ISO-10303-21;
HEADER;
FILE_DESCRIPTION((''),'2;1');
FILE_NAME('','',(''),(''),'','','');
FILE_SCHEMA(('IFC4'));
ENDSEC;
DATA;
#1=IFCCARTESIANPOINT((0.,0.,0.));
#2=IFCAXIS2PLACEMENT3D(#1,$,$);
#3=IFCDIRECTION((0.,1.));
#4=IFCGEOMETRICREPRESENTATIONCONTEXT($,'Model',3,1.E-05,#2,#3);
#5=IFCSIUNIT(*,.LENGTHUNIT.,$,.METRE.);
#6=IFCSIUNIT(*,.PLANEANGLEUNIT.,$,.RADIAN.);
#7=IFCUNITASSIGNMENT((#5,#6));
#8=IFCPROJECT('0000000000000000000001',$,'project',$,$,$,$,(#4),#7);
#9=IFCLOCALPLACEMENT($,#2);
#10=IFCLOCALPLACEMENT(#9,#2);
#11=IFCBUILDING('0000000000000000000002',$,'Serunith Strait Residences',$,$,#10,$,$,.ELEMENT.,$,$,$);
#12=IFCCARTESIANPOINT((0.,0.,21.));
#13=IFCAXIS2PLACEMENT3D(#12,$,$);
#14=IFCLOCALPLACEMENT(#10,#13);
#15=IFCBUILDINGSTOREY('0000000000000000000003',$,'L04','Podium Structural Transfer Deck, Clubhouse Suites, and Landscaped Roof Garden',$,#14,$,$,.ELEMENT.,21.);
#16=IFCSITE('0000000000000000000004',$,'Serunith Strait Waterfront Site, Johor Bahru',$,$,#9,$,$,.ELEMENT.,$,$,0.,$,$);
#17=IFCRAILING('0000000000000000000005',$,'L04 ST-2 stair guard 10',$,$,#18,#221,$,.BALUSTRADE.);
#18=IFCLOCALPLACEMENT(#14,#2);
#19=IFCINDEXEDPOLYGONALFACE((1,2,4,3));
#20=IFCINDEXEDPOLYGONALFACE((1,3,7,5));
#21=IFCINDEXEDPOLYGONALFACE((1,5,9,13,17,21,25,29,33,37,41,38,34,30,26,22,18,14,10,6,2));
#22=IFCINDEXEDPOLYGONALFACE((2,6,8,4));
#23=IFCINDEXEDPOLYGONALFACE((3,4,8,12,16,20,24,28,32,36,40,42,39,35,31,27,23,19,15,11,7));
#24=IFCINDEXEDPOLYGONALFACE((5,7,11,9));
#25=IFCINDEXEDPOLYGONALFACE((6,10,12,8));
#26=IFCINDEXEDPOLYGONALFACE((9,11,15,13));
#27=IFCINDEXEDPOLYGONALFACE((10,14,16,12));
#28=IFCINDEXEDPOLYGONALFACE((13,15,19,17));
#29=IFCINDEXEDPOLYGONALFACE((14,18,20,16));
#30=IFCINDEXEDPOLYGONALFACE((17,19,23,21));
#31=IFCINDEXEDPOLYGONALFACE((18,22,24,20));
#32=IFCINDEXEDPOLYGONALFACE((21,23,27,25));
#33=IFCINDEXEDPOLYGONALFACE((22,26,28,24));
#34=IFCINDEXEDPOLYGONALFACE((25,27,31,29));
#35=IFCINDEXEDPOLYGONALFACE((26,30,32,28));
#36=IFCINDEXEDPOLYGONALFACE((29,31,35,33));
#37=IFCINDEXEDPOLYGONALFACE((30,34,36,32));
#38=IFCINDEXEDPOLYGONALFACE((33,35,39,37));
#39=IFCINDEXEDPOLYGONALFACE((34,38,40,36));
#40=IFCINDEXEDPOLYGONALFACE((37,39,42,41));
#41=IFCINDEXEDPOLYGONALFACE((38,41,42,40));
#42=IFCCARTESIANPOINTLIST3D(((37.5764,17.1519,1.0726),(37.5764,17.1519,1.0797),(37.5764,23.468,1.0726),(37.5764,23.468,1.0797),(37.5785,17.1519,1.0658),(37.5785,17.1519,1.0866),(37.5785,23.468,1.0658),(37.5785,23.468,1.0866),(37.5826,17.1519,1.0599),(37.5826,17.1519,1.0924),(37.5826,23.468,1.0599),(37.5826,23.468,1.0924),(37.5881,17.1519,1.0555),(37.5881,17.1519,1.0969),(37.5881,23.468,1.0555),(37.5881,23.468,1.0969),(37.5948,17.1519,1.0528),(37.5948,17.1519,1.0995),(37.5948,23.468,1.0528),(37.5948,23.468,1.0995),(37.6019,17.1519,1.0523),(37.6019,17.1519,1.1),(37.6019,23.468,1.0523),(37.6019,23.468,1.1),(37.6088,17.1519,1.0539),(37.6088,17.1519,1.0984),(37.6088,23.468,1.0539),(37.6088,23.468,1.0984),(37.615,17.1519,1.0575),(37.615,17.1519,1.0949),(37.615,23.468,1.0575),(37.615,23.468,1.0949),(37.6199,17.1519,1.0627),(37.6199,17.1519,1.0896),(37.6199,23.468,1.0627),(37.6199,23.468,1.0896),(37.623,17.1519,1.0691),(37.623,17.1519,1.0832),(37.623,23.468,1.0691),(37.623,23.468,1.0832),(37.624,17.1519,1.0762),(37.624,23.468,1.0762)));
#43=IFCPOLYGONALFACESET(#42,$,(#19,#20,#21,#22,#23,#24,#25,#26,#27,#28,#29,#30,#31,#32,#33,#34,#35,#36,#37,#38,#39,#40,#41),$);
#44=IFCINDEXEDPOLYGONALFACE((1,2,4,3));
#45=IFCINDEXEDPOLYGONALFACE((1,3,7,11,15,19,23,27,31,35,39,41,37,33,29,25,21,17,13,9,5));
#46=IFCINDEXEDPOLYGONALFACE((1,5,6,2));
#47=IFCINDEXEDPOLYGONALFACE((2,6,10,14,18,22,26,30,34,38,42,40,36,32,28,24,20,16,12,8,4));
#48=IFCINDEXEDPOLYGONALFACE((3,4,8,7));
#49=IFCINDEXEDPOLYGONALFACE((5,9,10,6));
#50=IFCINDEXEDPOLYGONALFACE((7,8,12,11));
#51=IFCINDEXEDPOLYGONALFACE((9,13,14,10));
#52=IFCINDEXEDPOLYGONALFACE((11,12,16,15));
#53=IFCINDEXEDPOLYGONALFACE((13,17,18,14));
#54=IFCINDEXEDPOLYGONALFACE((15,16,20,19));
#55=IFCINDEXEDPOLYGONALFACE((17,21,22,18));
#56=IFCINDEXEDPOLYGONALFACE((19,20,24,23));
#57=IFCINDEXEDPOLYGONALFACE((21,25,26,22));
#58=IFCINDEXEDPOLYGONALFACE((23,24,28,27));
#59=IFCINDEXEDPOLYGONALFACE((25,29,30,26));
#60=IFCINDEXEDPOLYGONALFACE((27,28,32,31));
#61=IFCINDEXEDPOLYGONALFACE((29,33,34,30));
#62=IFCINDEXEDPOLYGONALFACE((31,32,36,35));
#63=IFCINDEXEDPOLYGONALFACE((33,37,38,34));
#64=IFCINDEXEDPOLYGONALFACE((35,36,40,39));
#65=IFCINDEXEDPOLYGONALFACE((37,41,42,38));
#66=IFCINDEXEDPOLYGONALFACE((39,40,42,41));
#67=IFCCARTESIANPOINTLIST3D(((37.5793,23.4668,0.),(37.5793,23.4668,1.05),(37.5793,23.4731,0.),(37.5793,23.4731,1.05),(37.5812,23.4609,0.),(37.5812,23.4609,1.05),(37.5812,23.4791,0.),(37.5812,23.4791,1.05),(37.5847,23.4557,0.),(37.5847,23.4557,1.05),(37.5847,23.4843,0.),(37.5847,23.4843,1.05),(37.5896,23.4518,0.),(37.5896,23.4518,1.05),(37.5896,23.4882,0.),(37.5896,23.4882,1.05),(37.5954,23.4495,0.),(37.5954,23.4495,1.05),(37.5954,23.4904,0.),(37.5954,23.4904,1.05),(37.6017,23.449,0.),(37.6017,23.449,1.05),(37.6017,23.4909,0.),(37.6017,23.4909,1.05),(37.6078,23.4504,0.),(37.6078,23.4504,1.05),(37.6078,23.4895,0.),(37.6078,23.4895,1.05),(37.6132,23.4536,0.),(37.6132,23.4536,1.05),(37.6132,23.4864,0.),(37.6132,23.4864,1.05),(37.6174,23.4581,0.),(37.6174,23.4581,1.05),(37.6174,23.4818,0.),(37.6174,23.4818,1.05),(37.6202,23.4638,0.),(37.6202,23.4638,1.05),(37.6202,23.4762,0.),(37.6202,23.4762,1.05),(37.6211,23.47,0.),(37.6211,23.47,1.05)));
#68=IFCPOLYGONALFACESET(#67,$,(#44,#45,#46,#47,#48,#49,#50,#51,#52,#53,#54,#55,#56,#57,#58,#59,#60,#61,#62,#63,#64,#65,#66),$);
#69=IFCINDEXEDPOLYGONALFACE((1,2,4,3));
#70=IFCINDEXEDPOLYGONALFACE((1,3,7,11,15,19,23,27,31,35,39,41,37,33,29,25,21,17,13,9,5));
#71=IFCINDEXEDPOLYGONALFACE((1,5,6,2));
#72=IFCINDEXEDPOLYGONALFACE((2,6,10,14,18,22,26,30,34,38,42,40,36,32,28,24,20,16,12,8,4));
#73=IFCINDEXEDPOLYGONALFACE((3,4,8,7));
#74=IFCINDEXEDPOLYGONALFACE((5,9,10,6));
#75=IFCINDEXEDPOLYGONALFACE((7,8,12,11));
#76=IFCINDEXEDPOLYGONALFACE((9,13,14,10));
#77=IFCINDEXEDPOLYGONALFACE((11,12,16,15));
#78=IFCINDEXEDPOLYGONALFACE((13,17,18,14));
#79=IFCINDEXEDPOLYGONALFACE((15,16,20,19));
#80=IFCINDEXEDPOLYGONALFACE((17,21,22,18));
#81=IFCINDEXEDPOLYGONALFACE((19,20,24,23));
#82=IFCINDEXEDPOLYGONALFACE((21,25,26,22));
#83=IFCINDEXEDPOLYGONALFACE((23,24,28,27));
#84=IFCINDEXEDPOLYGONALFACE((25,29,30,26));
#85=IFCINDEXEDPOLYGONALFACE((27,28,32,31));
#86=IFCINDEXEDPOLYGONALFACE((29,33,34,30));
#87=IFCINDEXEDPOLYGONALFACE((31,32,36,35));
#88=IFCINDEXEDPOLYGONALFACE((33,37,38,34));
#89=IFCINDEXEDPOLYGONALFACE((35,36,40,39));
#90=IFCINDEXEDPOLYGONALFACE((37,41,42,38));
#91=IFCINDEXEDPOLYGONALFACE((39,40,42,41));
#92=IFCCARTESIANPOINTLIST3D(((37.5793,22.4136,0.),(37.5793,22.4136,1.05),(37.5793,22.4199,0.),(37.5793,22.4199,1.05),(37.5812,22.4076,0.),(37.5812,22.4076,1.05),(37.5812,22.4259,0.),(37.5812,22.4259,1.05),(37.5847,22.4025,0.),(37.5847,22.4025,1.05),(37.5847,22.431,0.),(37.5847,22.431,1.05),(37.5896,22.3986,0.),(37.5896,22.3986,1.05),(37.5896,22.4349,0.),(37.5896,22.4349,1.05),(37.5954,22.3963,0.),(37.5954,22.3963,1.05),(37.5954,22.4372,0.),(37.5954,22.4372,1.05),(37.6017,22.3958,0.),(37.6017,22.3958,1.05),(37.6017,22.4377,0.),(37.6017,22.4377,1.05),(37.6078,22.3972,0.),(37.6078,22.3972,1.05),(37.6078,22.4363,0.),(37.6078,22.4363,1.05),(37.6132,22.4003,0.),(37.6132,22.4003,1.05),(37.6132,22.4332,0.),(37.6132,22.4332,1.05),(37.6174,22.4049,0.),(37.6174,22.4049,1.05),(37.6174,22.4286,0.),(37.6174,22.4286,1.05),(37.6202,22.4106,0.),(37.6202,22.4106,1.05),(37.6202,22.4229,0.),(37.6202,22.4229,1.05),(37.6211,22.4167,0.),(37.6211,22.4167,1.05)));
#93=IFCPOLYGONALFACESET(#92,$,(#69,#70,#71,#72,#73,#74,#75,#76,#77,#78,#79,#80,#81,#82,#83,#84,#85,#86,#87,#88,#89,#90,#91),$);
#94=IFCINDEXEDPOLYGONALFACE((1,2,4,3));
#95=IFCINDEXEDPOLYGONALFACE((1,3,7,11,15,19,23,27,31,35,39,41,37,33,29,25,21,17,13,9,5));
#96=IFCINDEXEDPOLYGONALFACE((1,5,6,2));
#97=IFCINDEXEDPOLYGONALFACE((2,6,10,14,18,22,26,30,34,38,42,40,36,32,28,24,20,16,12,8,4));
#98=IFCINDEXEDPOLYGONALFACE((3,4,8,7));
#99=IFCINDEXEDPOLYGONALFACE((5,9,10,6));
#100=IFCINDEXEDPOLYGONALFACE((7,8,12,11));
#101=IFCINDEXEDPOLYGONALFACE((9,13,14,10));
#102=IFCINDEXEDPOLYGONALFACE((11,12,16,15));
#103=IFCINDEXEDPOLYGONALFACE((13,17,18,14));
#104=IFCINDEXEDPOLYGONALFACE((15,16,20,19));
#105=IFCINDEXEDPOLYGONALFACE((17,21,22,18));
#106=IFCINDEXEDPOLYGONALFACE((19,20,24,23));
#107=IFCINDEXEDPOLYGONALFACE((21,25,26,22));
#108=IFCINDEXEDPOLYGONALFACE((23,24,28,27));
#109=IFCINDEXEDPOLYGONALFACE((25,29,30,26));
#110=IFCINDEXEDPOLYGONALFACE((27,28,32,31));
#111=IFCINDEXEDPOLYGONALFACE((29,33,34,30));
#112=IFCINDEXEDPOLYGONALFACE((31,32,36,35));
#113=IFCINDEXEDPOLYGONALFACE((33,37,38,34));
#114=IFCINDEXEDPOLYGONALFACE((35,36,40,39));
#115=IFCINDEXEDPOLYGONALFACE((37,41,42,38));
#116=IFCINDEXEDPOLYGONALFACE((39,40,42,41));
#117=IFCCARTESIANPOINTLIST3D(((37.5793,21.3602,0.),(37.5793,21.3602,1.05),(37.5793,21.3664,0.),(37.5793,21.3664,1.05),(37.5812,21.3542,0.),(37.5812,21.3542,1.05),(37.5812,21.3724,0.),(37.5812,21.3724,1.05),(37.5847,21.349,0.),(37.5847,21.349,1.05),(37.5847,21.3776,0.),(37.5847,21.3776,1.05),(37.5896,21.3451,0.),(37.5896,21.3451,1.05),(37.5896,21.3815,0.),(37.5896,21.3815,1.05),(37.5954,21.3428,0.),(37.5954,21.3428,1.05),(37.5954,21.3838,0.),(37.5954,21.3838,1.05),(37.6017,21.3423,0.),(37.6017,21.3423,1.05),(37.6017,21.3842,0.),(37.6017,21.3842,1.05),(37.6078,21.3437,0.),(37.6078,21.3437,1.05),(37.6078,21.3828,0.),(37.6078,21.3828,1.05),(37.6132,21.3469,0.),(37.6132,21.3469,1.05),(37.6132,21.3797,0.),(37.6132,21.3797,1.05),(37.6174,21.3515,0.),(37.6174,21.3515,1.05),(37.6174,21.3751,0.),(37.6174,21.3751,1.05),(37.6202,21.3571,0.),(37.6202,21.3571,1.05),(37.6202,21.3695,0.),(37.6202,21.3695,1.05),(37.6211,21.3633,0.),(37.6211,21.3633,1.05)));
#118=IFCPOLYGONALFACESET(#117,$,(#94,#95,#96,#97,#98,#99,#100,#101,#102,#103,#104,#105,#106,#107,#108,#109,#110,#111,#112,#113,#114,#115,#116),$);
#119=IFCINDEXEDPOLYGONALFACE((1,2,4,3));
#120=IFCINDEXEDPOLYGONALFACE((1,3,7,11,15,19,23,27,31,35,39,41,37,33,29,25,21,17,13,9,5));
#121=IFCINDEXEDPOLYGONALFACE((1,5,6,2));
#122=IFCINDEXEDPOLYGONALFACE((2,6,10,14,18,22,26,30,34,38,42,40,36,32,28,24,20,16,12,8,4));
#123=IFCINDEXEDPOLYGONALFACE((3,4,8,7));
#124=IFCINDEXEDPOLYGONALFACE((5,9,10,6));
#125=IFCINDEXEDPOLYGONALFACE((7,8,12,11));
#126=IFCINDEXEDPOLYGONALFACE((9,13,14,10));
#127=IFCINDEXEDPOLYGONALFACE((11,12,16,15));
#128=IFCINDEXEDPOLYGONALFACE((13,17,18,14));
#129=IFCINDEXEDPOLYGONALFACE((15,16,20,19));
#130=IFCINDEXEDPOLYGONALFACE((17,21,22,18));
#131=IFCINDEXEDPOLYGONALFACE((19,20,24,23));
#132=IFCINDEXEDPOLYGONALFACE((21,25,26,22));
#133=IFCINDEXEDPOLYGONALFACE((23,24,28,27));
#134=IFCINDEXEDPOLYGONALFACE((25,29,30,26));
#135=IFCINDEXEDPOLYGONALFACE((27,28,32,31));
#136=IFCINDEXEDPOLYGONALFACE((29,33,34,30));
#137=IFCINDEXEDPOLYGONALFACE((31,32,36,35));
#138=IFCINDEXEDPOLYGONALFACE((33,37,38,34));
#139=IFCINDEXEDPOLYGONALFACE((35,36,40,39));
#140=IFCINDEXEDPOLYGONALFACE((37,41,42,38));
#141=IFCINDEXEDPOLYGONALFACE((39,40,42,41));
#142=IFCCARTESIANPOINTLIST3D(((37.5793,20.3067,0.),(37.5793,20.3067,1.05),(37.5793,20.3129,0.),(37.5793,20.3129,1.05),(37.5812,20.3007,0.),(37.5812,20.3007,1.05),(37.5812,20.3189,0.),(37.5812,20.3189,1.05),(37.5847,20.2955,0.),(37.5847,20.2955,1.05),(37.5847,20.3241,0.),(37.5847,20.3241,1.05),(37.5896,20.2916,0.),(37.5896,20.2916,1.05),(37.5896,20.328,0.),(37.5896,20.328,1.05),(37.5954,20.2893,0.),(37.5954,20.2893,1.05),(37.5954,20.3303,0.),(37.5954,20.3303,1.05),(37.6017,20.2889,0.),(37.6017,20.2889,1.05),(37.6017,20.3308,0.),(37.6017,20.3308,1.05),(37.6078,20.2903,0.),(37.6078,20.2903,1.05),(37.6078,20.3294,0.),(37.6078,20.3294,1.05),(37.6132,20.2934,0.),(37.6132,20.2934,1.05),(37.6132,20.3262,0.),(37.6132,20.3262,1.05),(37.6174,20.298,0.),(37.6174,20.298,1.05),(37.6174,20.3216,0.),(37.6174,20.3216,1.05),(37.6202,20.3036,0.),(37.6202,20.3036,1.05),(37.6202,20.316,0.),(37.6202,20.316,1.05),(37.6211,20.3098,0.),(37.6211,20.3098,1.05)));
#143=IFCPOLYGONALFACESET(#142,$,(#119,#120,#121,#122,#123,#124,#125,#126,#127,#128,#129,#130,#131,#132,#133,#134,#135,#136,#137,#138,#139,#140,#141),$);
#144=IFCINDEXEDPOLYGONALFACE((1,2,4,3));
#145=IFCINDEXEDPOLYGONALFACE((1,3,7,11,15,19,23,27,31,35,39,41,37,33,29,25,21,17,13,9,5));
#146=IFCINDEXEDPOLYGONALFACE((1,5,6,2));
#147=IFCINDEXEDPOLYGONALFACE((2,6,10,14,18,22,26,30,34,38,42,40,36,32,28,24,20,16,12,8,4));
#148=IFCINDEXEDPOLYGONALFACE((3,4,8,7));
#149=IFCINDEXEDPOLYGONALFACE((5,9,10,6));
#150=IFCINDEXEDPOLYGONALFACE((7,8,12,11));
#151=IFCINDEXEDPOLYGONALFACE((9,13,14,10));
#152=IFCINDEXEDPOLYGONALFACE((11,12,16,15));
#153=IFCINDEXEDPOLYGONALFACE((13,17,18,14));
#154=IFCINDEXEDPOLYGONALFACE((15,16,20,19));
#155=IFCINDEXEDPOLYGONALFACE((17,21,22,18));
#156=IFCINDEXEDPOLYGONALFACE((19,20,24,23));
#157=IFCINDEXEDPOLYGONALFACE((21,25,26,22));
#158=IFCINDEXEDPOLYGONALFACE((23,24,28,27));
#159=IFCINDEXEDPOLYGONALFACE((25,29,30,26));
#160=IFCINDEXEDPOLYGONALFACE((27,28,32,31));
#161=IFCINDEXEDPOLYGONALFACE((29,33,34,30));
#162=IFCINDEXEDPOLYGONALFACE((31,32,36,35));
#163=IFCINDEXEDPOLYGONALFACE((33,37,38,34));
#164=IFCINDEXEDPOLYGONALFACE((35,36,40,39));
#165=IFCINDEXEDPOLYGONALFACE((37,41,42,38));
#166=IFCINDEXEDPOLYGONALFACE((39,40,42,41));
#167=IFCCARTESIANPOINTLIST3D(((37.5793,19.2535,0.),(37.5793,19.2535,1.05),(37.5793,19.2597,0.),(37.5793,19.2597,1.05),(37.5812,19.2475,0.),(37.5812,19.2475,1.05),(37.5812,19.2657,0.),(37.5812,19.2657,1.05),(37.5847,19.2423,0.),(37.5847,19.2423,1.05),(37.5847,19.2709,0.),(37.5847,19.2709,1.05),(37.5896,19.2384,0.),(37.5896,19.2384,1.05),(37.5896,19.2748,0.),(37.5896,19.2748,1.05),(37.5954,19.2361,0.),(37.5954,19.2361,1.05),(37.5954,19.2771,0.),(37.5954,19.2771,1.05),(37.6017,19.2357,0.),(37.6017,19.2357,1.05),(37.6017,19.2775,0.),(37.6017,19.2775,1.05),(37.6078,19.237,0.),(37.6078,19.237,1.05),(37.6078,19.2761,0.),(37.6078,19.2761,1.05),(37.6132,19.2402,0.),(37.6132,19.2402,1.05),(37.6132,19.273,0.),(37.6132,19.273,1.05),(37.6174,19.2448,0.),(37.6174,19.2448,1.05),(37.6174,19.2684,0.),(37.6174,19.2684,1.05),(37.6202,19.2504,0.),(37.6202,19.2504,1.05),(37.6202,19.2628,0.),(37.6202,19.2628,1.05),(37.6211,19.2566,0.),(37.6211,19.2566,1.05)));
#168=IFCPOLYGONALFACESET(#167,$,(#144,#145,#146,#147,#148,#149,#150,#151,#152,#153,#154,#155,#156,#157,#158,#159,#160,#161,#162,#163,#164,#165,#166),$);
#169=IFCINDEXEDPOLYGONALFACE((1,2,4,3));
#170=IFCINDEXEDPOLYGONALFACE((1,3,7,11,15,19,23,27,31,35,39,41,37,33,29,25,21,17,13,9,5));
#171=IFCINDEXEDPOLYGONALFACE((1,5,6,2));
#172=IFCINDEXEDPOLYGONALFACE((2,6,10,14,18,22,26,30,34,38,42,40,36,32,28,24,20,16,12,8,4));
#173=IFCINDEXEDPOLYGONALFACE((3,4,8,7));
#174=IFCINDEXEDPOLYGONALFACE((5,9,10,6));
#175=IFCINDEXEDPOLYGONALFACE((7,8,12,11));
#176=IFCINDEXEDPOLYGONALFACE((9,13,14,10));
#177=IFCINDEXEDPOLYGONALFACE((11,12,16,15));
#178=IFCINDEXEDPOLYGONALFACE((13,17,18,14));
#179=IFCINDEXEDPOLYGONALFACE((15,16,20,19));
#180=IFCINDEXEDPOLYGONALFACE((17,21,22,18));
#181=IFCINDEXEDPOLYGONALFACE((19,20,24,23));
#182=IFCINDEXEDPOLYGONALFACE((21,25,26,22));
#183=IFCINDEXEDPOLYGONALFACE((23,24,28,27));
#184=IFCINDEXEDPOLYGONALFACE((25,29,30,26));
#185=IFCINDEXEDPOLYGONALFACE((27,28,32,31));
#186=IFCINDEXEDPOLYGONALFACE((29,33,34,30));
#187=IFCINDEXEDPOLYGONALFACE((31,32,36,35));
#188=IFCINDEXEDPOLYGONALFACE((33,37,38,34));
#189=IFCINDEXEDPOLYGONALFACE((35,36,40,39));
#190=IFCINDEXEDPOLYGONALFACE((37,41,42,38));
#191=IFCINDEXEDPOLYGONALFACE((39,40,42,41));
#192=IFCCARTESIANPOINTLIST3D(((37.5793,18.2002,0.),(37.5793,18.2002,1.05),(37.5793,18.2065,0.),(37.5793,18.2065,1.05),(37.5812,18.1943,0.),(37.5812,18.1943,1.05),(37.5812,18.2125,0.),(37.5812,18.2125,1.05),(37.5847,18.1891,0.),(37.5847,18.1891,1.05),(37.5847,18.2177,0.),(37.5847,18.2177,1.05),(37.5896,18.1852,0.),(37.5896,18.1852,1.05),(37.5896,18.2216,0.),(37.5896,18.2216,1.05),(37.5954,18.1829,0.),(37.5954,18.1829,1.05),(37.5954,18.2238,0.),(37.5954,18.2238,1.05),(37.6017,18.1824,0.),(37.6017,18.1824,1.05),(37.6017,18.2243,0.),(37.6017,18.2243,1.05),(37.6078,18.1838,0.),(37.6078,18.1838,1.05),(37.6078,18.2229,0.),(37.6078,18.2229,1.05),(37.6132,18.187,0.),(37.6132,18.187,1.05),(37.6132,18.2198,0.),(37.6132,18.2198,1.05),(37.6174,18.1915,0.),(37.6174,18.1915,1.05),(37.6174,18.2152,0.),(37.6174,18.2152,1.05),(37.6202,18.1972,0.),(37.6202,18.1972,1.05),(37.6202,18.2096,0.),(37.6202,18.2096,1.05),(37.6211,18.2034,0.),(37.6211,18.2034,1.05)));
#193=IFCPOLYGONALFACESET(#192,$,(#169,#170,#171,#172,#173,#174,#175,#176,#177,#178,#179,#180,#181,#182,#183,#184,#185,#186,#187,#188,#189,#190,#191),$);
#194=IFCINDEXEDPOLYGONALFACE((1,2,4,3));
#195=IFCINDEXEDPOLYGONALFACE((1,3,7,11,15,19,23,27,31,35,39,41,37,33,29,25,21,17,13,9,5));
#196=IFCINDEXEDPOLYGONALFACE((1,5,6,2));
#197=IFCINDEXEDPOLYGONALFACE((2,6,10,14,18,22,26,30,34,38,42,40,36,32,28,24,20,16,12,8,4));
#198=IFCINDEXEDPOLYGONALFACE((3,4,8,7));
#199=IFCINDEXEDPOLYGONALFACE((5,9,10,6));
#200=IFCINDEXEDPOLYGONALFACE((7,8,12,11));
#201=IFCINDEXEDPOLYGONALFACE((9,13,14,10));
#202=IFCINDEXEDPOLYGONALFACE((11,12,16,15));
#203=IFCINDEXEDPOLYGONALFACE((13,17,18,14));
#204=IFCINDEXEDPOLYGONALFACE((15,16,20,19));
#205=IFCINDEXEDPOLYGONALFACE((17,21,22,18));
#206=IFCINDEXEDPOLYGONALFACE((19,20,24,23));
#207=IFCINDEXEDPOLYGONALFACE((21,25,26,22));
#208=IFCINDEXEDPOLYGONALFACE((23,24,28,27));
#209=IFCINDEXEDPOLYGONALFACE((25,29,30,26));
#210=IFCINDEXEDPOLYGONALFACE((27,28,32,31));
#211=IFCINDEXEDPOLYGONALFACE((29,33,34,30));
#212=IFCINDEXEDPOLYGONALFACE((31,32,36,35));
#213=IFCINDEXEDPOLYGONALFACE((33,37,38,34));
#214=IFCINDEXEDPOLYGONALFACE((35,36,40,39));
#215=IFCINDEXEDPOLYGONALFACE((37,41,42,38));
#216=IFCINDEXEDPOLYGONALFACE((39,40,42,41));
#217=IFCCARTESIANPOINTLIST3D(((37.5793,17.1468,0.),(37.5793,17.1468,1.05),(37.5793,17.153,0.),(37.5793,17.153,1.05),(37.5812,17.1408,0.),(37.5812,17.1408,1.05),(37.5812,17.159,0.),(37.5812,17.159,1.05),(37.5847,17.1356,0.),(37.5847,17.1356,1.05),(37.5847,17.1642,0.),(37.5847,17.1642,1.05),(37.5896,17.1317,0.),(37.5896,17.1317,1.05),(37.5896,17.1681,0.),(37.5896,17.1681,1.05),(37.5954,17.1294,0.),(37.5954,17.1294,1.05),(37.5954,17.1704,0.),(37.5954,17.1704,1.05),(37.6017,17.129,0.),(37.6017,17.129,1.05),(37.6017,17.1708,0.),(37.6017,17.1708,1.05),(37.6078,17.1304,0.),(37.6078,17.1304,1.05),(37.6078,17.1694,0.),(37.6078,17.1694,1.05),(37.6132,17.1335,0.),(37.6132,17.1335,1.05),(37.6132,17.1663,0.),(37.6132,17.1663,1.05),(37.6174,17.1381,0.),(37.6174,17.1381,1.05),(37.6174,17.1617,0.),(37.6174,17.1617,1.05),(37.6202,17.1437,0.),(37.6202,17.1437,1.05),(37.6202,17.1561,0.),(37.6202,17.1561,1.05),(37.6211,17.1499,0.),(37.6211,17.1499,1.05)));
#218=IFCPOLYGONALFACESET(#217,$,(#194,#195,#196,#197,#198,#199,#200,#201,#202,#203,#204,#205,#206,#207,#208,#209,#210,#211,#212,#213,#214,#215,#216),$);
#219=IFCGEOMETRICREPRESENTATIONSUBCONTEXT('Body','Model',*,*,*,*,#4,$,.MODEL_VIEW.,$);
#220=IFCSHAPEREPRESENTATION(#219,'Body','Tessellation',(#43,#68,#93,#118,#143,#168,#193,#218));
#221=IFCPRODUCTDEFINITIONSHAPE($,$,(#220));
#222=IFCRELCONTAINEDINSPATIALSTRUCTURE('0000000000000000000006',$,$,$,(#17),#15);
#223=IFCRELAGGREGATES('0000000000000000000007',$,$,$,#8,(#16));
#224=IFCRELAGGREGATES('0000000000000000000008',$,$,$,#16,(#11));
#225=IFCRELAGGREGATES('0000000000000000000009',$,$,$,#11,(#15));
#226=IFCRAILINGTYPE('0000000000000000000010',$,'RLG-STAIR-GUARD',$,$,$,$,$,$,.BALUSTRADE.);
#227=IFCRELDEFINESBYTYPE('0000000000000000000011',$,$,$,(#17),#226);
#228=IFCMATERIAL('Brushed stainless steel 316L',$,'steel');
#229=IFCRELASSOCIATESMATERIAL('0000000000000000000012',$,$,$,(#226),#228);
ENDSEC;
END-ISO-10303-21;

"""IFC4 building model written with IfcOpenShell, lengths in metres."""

from ifc_helpers import new_model, si_unit, direction, frame, origin, origin_2d, place, context, subcontext, project, spatial, circle, extrude, material, type_object, element, save


model = new_model("IFC4")

# Units and contexts
model_context = context("Model", 3, precision=1e-05, world=origin(), true_north=direction((0.0, 1.0)))
body_context = subcontext(model_context, "Body", "Model", "MODEL_VIEW")
ifc_project = project(units=[si_unit("LENGTHUNIT", "METRE"), si_unit("PLANEANGLEUNIT", "RADIAN")], contexts=[model_context])

# Site, building, storey
site_placement = place(None, origin())
site = spatial("IfcSite", under=ifc_project, at=site_placement, Name="Serunith Strait Waterfront Site, Johor Bahru", CompositionType="ELEMENT", RefElevation=0.0)
building_placement = place(site_placement, origin())
building = spatial("IfcBuilding", under=site, at=building_placement, Name="Serunith Strait Residences", CompositionType="ELEMENT")
storey_placement = place(building_placement, frame((0.0, 0.0, 21.0)))
storey = spatial("IfcBuildingStorey", under=building, at=storey_placement, Name="L04", Description="Podium Structural Transfer Deck, Clubhouse Suites, and Landscaped Roof Garden", CompositionType="ELEMENT", Elevation=21.0)

# Railing
ifc_material_1 = material(Name="Brushed stainless steel 316L", Category="steel")
railing_type_1 = type_object("IfcRailingType", Name="RLG-STAIR-GUARD", PredefinedType="BALUSTRADE", material=ifc_material_1)
railing_1_placement = place(storey_placement, frame((37.6001, 23.47, 0.0)))
element("IfcRailing", 1, at=railing_1_placement, inside=storey, type_object=railing_type_1, Name="L04 ST-2 stair guard 10", PredefinedType="BALUSTRADE", context=body_context, shape_type="SweptSolid", body=[
    extrude(circle(Radius=0.0239, at=origin_2d()), frame((0.0, -0.002, 1.0762), z_axis=(0.0, -1.0, 0.0), x_axis=(1.0, 0.0, 0.0)), (0.0, 0.0, 1.0), 6.3162),
    extrude(circle(Radius=0.021, at=origin_2d()), origin(), (0.0, 0.0, 1.0), 1.05),
    extrude(circle(Radius=0.021, at=origin_2d()), frame((0.0, -1.0532, 0.0)), (0.0, 0.0, 1.0), 1.05),
    extrude(circle(Radius=0.021, at=origin_2d()), frame((0.0, -2.1067, 0.0)), (0.0, 0.0, 1.0), 1.05),
    extrude(circle(Radius=0.021, at=origin_2d()), frame((0.0, -3.1602, 0.0)), (0.0, 0.0, 1.0), 1.05),
    extrude(circle(Radius=0.021, at=origin_2d()), frame((0.0, -4.2134, 0.0)), (0.0, 0.0, 1.0), 1.05),
    extrude(circle(Radius=0.021, at=origin_2d()), frame((0.0, -5.2666, 0.0)), (0.0, 0.0, 1.0), 1.05),
    extrude(circle(Radius=0.021, at=origin_2d()), frame((0.0, -6.3201, 0.0)), (0.0, 0.0, 1.0), 1.05),
])

save(model, "model.ifc")
